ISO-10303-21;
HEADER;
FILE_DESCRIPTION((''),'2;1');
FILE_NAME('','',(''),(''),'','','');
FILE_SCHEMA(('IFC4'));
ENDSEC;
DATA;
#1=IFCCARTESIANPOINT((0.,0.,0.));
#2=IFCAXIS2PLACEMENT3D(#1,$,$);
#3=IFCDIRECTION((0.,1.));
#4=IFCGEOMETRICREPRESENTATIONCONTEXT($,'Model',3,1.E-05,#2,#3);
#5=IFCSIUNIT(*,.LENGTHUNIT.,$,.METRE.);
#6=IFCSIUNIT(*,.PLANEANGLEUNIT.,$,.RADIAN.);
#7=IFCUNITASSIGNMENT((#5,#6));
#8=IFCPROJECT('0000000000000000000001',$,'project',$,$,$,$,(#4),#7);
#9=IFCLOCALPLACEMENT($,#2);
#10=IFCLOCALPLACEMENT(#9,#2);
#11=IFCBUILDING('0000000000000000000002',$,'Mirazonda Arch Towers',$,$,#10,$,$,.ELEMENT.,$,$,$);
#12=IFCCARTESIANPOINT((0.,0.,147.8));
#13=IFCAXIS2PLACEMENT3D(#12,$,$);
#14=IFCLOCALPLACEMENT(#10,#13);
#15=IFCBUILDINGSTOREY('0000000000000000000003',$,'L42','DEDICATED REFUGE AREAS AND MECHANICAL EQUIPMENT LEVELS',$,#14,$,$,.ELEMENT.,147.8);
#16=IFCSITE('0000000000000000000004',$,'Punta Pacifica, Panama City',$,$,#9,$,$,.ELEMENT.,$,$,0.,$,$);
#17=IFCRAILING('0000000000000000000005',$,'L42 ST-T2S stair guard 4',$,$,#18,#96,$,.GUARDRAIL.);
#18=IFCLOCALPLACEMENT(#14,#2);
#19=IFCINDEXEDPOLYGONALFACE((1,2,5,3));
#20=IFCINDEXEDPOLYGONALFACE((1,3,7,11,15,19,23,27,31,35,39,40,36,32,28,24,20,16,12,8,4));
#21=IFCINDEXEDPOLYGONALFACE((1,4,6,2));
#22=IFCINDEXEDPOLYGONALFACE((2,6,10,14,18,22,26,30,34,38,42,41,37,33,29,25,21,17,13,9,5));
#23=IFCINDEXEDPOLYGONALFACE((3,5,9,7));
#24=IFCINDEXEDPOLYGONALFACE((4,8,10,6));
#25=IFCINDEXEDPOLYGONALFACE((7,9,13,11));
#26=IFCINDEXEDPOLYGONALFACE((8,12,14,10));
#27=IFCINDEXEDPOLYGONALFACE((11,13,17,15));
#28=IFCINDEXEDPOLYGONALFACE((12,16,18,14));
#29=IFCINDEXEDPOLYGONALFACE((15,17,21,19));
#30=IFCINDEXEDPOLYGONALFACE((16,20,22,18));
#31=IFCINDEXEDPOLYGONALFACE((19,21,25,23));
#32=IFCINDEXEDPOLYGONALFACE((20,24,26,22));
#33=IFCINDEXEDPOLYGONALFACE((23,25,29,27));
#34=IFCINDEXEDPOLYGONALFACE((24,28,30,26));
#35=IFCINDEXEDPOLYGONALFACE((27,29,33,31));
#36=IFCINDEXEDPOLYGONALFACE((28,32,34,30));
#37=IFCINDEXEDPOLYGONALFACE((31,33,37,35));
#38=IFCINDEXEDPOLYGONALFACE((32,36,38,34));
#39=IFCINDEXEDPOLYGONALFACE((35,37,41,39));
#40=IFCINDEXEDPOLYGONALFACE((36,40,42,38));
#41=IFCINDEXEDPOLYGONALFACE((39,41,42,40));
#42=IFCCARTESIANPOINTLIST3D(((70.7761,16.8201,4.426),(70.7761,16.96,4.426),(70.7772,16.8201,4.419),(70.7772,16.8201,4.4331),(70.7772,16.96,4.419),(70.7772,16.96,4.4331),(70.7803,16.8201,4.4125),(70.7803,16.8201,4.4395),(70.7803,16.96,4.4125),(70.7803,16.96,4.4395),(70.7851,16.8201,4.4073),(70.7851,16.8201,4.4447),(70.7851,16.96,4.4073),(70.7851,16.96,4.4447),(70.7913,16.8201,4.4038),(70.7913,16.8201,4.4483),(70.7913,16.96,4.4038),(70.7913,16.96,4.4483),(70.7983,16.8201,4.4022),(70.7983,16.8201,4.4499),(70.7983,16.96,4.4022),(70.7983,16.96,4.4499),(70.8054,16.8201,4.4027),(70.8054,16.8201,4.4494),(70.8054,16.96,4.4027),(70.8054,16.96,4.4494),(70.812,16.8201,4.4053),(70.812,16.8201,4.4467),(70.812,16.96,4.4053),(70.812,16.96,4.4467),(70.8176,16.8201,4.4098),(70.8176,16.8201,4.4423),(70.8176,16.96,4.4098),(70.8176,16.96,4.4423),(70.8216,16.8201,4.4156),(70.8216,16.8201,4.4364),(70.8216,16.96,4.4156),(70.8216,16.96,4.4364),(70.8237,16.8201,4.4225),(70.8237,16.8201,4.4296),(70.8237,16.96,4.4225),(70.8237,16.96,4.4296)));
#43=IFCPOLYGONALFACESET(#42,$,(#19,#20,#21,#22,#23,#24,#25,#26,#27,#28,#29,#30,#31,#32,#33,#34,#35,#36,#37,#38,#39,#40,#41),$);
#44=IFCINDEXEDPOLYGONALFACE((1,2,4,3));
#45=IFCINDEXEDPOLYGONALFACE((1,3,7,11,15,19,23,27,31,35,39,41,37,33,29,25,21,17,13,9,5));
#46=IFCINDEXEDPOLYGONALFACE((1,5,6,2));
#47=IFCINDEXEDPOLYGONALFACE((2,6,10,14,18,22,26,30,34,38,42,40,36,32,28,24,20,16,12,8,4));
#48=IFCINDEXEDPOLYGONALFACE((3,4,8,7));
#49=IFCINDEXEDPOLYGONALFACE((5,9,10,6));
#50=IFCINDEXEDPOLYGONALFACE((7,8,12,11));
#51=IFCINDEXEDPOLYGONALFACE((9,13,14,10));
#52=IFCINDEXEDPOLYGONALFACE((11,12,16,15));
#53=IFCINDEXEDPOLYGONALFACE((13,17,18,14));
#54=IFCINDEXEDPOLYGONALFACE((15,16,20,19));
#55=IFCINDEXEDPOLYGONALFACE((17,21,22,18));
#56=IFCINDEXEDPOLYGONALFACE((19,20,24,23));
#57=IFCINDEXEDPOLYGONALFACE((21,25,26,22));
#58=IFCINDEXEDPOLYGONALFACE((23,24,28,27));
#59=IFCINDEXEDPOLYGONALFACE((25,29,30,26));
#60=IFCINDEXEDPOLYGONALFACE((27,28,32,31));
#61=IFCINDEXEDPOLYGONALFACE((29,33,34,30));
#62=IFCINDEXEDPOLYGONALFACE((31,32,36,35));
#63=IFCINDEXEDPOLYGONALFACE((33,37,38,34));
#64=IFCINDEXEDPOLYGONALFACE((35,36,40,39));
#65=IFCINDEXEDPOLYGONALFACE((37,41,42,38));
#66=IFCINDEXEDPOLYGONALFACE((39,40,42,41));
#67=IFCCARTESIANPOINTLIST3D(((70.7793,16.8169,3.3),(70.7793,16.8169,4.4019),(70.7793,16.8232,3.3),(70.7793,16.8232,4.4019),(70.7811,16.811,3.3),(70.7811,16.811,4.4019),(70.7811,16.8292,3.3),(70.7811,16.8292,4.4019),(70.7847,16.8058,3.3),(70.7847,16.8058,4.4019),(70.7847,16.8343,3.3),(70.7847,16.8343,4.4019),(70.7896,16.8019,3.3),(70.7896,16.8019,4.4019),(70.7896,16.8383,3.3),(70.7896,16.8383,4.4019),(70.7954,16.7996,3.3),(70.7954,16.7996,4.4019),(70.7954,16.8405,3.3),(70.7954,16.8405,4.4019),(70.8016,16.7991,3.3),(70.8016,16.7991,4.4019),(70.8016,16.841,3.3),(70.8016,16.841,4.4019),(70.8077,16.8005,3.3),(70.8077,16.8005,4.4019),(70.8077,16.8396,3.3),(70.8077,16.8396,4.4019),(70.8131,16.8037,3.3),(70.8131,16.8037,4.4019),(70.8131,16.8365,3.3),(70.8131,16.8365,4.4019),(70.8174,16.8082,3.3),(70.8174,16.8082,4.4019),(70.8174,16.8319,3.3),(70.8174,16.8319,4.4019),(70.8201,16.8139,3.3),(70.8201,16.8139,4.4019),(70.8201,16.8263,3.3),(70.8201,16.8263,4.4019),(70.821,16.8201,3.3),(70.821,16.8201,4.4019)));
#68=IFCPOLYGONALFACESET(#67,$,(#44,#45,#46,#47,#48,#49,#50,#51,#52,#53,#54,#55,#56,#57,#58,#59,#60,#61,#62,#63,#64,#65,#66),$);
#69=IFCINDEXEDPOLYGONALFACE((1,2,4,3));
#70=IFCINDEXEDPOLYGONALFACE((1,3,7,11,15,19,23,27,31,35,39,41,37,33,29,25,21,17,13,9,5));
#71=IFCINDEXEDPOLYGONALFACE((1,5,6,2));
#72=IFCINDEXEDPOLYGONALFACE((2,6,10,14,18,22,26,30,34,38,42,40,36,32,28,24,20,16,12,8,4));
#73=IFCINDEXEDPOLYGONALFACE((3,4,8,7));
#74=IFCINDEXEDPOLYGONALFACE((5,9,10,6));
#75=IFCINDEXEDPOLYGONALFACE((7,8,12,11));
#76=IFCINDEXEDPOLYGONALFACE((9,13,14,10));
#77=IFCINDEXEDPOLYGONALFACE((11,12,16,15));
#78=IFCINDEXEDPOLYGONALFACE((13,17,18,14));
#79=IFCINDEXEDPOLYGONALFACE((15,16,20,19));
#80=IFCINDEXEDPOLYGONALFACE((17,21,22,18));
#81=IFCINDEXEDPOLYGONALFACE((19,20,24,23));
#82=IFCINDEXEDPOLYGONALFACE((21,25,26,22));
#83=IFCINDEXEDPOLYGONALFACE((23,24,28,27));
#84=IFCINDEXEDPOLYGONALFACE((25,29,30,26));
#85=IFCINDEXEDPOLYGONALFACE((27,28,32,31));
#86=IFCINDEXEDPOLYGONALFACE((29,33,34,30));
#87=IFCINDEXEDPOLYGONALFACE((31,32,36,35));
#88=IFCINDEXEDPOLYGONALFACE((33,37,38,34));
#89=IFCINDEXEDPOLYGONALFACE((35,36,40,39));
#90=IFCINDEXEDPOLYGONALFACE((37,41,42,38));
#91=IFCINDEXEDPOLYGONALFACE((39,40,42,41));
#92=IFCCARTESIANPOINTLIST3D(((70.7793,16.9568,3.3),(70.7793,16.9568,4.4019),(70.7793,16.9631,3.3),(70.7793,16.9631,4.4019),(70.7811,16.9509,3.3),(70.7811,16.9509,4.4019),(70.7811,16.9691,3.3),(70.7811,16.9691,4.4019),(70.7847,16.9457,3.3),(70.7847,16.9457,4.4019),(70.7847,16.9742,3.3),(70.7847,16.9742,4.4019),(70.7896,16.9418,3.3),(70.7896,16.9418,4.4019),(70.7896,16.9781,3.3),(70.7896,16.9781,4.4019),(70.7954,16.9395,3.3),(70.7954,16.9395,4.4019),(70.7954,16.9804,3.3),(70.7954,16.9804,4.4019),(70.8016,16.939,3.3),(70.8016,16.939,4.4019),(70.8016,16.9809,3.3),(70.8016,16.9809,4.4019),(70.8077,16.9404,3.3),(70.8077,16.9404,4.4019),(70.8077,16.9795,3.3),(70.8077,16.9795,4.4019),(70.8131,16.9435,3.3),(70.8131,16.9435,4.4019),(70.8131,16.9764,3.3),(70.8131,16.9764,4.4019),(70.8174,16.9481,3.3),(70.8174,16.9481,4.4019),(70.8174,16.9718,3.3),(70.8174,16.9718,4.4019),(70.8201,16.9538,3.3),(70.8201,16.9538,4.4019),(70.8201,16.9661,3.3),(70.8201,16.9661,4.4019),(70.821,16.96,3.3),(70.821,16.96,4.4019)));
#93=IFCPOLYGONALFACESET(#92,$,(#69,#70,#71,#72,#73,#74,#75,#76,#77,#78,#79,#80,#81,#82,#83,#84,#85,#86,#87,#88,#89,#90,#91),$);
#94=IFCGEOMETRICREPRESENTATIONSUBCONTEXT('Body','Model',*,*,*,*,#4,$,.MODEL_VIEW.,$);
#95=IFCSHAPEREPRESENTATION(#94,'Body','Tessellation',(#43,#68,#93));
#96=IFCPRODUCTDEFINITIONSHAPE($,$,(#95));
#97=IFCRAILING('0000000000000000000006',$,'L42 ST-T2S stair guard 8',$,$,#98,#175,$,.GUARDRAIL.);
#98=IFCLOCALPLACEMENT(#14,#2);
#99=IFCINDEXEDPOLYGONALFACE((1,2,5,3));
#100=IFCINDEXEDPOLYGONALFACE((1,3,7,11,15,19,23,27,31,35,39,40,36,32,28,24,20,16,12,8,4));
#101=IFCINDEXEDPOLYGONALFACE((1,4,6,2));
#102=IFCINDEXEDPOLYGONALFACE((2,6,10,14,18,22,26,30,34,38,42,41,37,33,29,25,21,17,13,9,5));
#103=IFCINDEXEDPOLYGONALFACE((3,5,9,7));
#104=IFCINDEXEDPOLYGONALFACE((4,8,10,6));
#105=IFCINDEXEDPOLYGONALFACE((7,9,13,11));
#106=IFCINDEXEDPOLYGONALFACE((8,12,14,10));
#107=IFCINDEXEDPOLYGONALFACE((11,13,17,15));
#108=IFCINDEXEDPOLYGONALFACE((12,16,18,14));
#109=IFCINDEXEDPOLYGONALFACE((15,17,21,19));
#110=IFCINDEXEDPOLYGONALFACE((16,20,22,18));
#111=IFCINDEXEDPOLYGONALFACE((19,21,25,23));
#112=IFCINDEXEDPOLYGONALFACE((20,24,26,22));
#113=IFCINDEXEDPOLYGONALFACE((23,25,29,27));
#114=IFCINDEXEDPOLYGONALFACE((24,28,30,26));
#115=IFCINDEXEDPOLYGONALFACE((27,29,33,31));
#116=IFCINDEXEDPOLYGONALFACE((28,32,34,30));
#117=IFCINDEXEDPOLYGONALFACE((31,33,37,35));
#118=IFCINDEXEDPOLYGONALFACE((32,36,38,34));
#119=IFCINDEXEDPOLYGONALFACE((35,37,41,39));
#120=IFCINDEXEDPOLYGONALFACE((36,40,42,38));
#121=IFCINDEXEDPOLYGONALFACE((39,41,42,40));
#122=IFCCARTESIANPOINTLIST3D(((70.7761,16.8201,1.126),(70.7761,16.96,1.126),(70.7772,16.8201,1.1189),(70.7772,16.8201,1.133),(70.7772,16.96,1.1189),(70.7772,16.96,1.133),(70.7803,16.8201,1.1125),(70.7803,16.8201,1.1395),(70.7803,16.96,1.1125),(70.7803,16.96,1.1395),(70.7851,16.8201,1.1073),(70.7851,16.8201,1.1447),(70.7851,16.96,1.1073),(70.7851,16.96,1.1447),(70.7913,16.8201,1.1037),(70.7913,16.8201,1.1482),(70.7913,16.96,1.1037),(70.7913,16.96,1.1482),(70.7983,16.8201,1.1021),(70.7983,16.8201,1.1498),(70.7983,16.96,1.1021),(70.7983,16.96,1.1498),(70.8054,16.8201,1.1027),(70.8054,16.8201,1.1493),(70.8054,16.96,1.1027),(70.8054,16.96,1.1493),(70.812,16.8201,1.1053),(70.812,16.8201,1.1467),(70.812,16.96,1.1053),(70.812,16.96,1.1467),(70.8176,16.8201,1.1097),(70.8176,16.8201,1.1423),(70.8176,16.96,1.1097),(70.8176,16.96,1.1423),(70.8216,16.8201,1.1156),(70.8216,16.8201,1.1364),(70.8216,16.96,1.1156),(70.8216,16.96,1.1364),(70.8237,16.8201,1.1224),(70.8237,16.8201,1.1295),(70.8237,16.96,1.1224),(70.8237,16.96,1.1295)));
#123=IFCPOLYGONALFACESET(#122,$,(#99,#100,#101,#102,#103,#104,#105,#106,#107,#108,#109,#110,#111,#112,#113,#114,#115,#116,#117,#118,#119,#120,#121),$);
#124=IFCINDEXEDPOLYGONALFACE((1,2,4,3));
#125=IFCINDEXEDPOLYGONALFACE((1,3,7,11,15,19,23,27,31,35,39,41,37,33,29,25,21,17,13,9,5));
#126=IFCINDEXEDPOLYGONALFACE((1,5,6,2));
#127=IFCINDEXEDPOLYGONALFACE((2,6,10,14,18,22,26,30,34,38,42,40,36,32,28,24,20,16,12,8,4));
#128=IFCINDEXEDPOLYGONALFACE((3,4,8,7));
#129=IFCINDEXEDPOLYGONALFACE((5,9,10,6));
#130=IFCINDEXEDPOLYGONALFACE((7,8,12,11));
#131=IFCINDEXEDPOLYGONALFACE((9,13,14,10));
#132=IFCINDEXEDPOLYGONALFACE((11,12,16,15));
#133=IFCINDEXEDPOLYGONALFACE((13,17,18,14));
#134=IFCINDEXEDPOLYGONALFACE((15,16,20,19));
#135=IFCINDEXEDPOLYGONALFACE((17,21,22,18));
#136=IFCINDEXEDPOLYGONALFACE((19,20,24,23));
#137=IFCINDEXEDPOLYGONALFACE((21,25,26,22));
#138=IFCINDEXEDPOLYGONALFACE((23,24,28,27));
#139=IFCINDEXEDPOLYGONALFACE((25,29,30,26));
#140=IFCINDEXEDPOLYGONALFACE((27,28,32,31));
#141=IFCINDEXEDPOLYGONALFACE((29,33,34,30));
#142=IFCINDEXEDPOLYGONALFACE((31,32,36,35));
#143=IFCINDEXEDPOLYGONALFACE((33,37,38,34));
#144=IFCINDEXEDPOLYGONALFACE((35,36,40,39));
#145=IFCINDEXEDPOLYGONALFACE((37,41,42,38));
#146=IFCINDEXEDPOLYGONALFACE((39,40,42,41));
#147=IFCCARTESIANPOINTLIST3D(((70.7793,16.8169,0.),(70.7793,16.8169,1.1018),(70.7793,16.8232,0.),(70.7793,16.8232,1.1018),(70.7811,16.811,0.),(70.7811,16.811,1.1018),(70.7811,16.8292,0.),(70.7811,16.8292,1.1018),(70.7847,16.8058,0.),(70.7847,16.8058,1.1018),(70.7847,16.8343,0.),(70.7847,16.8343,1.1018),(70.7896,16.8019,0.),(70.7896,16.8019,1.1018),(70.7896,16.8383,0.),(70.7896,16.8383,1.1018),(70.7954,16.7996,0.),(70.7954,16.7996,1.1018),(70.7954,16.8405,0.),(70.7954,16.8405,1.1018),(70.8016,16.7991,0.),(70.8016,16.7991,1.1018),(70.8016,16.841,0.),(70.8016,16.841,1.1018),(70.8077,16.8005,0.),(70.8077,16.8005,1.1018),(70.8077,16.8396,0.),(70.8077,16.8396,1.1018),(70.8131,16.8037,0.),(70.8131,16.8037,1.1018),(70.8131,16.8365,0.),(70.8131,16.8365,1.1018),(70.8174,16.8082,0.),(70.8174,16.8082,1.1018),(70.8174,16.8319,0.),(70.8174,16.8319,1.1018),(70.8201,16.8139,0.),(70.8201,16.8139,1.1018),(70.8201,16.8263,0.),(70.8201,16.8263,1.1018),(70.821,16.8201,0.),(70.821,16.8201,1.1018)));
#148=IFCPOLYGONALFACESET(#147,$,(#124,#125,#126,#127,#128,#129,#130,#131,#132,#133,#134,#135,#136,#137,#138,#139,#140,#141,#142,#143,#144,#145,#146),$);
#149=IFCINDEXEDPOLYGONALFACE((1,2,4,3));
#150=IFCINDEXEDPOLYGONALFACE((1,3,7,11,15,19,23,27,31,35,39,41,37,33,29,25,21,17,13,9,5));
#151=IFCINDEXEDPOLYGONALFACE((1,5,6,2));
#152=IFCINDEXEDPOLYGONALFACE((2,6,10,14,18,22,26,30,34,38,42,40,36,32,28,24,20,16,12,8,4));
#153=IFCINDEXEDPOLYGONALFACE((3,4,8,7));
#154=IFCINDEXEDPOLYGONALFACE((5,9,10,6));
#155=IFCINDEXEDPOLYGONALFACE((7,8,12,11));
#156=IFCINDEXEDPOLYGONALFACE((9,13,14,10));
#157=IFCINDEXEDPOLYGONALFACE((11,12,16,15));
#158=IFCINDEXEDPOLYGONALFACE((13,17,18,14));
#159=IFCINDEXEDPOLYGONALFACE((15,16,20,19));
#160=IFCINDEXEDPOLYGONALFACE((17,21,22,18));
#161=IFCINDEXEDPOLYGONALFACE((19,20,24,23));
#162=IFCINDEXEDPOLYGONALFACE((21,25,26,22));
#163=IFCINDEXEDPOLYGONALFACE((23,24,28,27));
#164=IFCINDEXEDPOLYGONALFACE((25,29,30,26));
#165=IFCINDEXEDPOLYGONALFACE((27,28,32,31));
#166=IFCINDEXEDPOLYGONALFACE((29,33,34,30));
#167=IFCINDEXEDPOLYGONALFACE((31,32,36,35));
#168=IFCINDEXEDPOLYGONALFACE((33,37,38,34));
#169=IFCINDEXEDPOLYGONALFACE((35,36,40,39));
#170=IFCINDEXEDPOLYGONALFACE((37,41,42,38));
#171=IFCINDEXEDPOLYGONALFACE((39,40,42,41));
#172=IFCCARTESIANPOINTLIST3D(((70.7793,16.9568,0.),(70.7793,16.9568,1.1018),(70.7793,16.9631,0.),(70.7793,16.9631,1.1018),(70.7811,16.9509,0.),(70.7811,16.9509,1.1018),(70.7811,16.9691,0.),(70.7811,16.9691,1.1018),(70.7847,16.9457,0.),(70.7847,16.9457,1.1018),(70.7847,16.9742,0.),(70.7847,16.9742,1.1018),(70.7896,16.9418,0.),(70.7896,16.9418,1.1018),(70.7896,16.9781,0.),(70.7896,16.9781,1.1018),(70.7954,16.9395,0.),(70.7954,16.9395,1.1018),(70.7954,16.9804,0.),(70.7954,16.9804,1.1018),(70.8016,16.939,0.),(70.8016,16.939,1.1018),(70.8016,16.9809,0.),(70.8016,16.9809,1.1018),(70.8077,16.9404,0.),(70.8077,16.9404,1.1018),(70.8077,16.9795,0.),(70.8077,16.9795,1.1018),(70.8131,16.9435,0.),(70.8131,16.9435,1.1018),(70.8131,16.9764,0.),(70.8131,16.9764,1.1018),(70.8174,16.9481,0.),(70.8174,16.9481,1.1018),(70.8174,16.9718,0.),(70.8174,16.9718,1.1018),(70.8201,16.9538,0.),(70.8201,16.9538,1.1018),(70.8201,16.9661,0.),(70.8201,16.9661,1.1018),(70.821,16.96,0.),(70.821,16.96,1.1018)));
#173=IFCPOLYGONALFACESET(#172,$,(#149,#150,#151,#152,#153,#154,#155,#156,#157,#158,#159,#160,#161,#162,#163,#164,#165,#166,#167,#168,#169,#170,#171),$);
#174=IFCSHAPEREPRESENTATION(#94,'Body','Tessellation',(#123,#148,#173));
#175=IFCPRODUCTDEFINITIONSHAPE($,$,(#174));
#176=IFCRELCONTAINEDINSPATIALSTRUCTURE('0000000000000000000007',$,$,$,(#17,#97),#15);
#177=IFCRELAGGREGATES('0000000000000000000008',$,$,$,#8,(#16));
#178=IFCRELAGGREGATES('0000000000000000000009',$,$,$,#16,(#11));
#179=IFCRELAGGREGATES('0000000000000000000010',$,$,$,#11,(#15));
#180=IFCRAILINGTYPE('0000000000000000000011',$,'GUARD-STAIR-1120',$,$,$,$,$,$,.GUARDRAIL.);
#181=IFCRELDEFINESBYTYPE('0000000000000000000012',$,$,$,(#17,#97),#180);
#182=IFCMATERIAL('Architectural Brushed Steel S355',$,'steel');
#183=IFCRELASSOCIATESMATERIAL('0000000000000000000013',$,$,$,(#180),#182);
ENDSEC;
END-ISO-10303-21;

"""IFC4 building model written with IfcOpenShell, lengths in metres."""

from ifc_helpers import new_model, si_unit, direction, frame, origin, origin_2d, place, context, subcontext, project, spatial, circle, extrude, material, type_object, element, save


model = new_model("IFC4")

# Units and contexts
model_context = context("Model", 3, precision=1e-05, world=origin(), true_north=direction((0.0, 1.0)))
body_context = subcontext(model_context, "Body", "Model", "MODEL_VIEW")
ifc_project = project(units=[si_unit("LENGTHUNIT", "METRE"), si_unit("PLANEANGLEUNIT", "RADIAN")], contexts=[model_context])

# Site, building, storey
site_placement = place(None, origin())
site = spatial("IfcSite", under=ifc_project, at=site_placement, Name="Punta Pacifica, Panama City", CompositionType="ELEMENT", RefElevation=0.0)
building_placement = place(site_placement, origin())
building = spatial("IfcBuilding", under=site, at=building_placement, Name="Mirazonda Arch Towers", CompositionType="ELEMENT")
storey_placement = place(building_placement, frame((0.0, 0.0, 147.8)))
storey = spatial("IfcBuildingStorey", under=building, at=storey_placement, Name="L42", Description="DEDICATED REFUGE AREAS AND MECHANICAL EQUIPMENT LEVELS", CompositionType="ELEMENT", Elevation=147.8)

# Shared definitions
ifc_material_1 = material(Name="Architectural Brushed Steel S355", Category="steel")

# Railings
railing_type_1 = type_object("IfcRailingType", Name="GUARD-STAIR-1120", PredefinedType="GUARDRAIL", material=ifc_material_1)
for number, where, name in (
    (1, (70.8, 16.8201, 3.3), "L42 ST-T2S stair guard 4"),
    (2, (70.8, 16.8201, 0.0), "L42 ST-T2S stair guard 8"),
):
    element("IfcRailing", number, at=place(storey_placement, frame(where)), inside=storey, type_object=railing_type_1, Name=name, PredefinedType="GUARDRAIL", context=body_context, shape_type="SweptSolid", body=[
        extrude(circle(Radius=0.0239, at=origin_2d()), frame((0.0, 0.0, 1.126), z_axis=(0.0, 1.0, 0.0), x_axis=(-1.0, 0.0, 0.0)), (0.0, 0.0, 1.0), 0.1399),
        extrude(circle(Radius=0.021, at=origin_2d()), origin(), (0.0, 0.0, 1.0), 1.1018),
        extrude(circle(Radius=0.021, at=origin_2d()), frame((0.0, 0.1399, 0.0)), (0.0, 0.0, 1.0), 1.1018),
    ])

save(model, "model.ifc")
